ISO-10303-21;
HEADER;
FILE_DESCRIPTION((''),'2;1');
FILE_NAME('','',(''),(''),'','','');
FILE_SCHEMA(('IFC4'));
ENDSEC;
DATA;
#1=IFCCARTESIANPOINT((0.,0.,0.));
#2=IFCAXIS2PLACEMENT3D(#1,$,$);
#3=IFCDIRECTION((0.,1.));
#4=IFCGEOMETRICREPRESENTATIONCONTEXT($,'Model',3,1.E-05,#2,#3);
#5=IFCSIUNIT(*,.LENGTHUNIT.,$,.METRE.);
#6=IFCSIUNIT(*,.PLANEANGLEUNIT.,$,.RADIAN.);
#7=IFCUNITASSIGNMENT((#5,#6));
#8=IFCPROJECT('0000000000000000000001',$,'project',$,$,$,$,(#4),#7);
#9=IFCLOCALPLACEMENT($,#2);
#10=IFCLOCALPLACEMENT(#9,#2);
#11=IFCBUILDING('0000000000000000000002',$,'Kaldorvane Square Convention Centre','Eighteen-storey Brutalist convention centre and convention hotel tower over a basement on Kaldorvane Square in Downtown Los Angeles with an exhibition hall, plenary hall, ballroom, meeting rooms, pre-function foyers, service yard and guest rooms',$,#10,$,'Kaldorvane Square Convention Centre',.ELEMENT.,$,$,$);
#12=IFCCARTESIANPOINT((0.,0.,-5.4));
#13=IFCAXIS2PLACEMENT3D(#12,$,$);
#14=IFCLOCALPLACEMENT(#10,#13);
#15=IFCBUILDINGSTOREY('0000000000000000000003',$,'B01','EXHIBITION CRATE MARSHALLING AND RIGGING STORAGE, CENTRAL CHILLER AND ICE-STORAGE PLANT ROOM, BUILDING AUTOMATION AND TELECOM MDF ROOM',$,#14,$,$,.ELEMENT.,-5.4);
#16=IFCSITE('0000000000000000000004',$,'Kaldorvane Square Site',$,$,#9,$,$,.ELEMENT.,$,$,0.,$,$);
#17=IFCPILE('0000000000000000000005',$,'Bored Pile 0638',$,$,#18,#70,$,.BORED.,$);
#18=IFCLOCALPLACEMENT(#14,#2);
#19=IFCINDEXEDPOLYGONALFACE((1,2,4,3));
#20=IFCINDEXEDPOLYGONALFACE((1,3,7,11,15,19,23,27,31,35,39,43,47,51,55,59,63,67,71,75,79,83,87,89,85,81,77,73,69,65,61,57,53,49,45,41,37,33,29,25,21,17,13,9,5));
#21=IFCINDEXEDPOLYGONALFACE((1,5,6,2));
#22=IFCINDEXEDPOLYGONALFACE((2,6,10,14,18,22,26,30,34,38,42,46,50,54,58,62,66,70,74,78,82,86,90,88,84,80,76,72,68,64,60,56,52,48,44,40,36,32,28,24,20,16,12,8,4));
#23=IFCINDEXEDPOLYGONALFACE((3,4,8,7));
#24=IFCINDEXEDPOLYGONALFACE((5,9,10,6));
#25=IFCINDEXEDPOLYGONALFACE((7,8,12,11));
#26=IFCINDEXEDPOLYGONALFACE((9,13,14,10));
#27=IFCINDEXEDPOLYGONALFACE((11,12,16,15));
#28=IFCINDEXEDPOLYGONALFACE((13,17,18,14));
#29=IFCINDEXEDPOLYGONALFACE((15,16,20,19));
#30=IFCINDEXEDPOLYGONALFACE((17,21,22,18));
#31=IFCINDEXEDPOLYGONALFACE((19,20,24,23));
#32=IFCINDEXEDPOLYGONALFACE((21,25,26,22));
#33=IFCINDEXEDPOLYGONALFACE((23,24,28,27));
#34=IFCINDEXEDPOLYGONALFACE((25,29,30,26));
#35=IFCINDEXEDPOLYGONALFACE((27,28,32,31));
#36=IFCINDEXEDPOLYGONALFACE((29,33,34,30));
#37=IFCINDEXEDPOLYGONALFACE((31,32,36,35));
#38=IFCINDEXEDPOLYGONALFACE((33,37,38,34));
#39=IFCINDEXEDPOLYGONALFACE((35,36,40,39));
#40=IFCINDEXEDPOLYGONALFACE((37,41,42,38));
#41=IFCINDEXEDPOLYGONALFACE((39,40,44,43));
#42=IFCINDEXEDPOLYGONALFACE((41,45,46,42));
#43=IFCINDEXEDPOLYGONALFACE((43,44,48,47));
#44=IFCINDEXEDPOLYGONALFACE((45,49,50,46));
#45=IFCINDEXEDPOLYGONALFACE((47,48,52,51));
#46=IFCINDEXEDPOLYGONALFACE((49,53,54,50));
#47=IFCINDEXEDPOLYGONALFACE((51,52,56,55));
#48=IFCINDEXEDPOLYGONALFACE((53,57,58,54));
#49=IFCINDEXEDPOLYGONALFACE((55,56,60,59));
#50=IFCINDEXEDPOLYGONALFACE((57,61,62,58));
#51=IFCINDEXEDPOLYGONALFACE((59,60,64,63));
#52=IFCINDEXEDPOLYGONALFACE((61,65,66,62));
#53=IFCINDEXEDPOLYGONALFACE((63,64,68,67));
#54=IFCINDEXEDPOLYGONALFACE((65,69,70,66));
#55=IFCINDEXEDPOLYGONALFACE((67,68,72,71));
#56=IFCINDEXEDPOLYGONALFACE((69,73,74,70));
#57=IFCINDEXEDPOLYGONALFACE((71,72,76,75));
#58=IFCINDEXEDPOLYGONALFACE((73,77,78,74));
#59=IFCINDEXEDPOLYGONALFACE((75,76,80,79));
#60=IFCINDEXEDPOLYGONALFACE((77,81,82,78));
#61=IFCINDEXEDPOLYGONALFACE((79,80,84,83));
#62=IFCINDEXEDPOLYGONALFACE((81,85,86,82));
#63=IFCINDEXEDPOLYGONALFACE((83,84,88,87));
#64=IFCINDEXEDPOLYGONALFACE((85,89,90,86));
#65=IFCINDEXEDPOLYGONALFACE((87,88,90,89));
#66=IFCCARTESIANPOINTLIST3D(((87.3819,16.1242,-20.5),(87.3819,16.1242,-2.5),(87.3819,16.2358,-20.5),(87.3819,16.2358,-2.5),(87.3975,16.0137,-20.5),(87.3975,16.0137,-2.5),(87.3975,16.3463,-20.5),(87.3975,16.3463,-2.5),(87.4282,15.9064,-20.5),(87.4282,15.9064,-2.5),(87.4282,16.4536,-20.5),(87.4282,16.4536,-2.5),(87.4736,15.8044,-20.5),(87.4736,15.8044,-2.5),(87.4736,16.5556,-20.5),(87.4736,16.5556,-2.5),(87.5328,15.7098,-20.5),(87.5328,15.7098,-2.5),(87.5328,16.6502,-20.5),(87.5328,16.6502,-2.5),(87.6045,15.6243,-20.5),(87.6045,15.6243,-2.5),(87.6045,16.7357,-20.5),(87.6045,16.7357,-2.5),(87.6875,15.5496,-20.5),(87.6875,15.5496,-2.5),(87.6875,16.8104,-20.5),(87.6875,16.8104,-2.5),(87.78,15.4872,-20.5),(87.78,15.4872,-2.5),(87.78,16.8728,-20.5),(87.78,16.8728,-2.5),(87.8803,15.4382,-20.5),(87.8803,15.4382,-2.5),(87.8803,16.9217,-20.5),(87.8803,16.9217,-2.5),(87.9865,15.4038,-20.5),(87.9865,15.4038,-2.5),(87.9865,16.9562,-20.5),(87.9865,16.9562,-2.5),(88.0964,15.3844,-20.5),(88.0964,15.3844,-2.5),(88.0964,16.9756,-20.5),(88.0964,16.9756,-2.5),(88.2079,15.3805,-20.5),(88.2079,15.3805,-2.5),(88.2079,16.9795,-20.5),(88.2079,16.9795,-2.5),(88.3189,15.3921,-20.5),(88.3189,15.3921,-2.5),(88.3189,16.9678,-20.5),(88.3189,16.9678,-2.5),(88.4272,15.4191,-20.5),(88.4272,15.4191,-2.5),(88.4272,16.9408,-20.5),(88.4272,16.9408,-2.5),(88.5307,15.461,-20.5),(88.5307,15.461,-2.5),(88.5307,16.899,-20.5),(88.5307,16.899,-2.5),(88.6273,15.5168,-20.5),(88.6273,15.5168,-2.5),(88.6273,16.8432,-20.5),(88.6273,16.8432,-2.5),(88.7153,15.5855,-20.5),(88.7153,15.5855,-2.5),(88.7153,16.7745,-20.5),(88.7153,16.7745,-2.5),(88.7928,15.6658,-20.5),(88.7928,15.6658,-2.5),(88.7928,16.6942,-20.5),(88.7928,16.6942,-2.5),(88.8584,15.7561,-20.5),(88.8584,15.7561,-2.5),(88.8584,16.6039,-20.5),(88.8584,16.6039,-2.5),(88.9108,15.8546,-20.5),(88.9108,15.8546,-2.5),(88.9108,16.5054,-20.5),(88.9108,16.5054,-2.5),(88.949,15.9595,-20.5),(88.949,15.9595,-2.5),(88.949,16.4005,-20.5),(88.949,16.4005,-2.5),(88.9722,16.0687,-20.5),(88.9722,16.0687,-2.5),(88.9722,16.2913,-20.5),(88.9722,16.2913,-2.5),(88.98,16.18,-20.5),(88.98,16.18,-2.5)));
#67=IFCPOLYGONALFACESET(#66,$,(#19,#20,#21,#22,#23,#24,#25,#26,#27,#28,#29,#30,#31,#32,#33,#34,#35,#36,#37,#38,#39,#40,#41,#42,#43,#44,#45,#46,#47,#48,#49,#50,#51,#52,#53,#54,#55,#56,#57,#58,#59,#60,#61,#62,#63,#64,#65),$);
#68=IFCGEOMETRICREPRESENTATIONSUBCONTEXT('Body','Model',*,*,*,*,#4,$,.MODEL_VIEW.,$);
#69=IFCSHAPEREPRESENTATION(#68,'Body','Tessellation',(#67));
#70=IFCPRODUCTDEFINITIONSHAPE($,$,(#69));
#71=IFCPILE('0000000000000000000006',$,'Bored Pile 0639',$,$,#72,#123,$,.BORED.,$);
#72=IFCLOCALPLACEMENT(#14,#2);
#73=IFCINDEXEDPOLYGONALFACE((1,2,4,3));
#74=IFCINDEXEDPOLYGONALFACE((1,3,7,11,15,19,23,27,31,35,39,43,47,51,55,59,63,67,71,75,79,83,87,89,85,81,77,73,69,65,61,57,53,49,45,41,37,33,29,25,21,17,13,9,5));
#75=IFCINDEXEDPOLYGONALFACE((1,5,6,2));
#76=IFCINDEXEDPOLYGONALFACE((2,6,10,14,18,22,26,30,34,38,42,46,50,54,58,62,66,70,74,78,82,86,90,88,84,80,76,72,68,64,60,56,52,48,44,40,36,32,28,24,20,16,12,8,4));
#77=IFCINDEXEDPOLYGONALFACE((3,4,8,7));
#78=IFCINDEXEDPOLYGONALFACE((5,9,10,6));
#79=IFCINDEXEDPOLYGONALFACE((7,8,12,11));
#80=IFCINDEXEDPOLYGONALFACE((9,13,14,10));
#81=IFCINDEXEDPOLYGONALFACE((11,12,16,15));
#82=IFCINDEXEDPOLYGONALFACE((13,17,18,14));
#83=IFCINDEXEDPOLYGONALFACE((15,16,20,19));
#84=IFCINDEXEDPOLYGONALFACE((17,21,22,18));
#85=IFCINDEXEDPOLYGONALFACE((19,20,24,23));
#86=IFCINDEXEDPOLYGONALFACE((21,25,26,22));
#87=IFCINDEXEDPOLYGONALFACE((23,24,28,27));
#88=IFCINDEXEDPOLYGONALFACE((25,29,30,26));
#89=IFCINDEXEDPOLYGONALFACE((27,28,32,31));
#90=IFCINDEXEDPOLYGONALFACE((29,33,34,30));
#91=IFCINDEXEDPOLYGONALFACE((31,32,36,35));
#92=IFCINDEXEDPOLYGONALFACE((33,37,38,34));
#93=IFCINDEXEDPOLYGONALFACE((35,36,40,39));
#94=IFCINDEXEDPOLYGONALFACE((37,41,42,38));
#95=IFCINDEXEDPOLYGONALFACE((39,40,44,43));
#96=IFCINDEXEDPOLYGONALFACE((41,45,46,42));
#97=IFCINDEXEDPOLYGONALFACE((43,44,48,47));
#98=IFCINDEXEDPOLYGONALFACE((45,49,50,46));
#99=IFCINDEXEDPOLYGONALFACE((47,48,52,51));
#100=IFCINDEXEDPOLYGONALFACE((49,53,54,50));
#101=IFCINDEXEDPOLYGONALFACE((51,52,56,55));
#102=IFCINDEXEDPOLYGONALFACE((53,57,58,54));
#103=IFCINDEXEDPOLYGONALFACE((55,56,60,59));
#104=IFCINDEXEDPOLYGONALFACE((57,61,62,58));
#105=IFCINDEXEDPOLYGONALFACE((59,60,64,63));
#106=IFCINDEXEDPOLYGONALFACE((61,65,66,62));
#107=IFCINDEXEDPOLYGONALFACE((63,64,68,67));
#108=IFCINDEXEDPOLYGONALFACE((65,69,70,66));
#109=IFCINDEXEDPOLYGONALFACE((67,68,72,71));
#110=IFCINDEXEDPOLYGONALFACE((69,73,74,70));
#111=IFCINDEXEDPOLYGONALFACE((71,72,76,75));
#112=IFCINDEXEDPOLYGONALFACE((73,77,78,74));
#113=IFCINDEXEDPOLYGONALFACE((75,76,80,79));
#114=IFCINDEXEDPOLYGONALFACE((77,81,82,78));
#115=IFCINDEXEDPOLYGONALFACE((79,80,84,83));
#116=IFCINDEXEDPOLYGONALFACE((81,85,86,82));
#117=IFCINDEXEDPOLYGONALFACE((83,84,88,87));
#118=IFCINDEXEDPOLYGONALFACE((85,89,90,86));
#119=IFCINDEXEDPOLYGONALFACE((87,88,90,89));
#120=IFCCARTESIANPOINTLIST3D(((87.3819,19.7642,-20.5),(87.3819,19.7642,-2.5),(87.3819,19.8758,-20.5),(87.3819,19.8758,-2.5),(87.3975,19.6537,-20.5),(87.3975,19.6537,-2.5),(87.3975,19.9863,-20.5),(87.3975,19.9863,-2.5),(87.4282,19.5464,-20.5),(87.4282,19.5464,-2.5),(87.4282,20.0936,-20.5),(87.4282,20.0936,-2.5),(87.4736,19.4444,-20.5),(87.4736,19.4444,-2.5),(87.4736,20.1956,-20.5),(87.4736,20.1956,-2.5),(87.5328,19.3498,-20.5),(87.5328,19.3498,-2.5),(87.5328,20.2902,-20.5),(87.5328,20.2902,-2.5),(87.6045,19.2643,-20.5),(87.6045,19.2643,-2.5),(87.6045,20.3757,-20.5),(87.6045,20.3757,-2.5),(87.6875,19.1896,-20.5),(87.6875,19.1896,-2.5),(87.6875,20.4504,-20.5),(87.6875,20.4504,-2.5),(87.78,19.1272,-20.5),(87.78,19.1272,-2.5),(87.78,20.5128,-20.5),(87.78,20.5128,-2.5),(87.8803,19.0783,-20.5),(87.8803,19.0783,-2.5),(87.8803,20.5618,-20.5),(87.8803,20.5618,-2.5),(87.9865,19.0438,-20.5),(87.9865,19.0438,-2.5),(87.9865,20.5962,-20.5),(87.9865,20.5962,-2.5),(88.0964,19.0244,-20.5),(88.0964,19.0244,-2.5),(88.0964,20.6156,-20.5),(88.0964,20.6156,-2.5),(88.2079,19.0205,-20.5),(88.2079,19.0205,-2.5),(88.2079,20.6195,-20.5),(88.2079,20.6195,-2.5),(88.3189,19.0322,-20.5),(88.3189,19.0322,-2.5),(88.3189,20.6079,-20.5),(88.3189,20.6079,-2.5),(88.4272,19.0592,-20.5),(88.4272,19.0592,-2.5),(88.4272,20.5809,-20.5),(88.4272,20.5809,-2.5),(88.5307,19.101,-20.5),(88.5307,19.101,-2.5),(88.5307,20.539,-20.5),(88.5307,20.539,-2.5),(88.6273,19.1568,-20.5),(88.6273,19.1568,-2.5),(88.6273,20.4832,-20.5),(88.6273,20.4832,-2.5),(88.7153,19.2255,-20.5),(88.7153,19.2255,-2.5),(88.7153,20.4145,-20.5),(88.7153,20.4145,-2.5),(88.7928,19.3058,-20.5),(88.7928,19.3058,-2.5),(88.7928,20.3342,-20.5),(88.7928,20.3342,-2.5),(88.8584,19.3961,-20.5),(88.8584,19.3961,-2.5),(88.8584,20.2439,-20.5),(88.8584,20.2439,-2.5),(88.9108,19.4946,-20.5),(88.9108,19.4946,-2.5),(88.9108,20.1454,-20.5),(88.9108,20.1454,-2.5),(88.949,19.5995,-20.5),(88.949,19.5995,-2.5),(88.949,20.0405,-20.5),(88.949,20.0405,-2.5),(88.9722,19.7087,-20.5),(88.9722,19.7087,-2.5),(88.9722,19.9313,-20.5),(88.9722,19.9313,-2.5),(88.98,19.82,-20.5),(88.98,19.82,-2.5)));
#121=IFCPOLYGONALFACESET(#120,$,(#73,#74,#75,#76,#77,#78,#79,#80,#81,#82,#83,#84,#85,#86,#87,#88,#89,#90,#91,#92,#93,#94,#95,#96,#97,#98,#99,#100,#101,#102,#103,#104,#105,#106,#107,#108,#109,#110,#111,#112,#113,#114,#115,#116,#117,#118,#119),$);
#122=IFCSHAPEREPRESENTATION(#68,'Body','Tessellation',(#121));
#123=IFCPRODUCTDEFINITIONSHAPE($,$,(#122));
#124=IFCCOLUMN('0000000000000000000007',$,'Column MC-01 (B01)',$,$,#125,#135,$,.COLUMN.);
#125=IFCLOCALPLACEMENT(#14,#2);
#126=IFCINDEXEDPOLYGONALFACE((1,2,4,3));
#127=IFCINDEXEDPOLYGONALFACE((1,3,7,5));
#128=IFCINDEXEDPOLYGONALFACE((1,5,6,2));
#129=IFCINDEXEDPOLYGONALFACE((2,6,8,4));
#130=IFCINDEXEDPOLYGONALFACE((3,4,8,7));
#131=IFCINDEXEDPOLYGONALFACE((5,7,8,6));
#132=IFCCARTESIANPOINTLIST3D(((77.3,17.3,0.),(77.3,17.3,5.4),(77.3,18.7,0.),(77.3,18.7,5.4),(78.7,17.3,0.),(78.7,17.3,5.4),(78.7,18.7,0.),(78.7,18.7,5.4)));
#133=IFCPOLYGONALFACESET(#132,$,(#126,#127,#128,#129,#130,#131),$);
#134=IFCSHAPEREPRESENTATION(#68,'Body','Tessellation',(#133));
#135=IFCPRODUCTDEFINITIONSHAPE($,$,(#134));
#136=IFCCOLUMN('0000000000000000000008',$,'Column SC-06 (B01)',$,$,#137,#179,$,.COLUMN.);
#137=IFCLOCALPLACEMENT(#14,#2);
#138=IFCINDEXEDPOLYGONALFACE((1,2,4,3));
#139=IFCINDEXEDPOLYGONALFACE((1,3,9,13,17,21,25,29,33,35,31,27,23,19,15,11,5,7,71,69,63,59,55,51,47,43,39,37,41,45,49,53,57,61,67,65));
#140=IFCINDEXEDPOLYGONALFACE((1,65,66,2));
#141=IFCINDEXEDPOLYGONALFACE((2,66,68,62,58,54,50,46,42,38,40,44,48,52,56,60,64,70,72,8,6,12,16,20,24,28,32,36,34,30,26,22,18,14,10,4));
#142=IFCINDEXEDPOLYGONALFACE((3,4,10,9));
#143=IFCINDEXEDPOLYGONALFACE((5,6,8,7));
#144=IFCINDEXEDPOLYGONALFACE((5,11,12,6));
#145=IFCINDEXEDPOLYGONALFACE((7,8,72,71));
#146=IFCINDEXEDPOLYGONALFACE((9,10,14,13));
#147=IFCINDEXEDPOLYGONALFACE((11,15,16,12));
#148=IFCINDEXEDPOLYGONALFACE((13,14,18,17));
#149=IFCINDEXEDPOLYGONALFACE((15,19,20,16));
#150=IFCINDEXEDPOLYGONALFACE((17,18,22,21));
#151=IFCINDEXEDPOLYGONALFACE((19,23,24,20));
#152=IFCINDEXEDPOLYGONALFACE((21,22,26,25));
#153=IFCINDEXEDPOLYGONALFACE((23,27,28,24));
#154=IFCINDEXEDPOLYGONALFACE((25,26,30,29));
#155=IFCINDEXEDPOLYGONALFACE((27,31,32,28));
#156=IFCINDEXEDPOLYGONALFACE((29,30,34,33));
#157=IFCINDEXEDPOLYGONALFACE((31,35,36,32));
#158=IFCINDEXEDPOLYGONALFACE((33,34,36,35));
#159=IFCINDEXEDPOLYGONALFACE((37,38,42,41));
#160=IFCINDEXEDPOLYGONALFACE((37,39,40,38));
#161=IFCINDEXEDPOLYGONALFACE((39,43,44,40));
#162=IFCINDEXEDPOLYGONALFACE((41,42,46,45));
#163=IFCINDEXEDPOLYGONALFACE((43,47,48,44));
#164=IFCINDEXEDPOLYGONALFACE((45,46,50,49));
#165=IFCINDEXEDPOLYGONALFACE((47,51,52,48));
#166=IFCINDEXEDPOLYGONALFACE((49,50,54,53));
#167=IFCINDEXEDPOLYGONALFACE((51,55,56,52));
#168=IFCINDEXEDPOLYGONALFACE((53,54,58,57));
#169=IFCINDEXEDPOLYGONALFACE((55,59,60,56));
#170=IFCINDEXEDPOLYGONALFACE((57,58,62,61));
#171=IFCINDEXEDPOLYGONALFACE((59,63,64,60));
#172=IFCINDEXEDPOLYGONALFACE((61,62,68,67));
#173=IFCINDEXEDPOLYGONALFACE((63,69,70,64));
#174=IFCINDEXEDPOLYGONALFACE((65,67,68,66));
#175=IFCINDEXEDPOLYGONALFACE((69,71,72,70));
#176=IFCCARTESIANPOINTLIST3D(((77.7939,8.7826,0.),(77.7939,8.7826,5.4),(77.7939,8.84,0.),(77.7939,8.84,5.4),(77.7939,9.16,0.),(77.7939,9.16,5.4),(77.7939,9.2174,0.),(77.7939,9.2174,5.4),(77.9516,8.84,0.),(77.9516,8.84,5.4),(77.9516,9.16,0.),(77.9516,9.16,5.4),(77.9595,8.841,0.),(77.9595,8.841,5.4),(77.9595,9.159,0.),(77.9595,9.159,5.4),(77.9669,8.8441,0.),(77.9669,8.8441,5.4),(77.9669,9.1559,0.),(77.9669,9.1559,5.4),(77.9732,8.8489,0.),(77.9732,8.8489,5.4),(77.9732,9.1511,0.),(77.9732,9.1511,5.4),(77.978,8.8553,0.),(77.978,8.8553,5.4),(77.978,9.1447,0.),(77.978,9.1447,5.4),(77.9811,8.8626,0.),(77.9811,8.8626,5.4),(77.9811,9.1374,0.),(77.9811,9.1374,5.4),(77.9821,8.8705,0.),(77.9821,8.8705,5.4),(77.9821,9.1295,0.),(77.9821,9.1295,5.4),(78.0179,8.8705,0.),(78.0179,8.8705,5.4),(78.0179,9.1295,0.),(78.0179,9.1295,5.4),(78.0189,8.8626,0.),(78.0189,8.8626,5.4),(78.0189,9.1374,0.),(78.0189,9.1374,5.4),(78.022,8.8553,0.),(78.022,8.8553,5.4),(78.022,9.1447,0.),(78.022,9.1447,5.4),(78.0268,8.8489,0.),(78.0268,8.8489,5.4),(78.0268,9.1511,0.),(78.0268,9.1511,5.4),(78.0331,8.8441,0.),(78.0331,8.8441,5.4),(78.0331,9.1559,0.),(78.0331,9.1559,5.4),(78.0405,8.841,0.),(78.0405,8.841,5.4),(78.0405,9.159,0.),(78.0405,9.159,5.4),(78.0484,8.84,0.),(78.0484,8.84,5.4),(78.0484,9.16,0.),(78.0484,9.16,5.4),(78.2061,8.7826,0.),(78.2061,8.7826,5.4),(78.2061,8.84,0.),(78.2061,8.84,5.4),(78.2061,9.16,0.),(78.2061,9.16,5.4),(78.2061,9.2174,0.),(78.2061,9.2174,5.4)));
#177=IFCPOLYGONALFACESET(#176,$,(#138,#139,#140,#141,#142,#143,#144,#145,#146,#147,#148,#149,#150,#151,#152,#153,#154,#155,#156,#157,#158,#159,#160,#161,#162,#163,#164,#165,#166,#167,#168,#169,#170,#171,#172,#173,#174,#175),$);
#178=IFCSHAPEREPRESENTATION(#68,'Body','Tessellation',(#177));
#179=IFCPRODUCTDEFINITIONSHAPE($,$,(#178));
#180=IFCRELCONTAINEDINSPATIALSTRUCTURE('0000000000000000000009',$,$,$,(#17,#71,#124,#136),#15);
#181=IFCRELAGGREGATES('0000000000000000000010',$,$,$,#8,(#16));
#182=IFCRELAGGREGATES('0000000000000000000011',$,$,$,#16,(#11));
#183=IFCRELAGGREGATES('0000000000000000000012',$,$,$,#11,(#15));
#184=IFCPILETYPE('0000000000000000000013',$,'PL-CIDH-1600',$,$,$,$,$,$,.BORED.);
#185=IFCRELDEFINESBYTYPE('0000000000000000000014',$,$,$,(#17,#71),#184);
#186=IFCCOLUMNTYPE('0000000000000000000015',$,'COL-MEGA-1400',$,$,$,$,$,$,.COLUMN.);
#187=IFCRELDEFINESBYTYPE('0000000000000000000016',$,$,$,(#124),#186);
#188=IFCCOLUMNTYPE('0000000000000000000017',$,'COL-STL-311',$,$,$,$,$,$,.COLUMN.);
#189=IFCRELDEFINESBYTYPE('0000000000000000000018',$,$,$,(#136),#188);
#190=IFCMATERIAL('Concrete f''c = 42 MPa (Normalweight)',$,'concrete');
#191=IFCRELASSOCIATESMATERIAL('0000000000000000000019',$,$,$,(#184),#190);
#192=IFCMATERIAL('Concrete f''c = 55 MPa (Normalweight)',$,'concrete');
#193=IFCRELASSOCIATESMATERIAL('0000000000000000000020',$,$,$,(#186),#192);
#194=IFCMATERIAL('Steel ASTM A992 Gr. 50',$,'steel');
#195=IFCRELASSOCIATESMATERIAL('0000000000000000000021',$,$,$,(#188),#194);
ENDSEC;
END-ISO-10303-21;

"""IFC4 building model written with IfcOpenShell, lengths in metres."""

from ifc_helpers import new_model, si_unit, direction, frame, origin, origin_2d, place, context, subcontext, project, spatial, rectangle, circle, i_section, extrude, material, material_profile, profile_set, type_object, element, save


model = new_model("IFC4")

# Units and contexts
model_context = context("Model", 3, precision=1e-05, world=origin(), true_north=direction((0.0, 1.0)))
body_context = subcontext(model_context, "Body", "Model", "MODEL_VIEW")
ifc_project = project(units=[si_unit("LENGTHUNIT", "METRE"), si_unit("PLANEANGLEUNIT", "RADIAN")], contexts=[model_context])

# Site, building, storey
site_placement = place(None, origin())
site = spatial("IfcSite", under=ifc_project, at=site_placement, Name="Kaldorvane Square Site", CompositionType="ELEMENT", RefElevation=0.0)
building_placement = place(site_placement, origin())
building = spatial("IfcBuilding", under=site, at=building_placement, Name="Kaldorvane Square Convention Centre", Description="Eighteen-storey Brutalist convention centre and convention hotel tower over a basement on Kaldorvane Square in Downtown Los Angeles with an exhibition hall, plenary hall, ballroom, meeting rooms, pre-function foyers, service yard and guest rooms", LongName="Kaldorvane Square Convention Centre", CompositionType="ELEMENT")
storey_placement = place(building_placement, frame((0.0, 0.0, -5.4)))
storey = spatial("IfcBuildingStorey", under=building, at=storey_placement, Name="B01", Description="EXHIBITION CRATE MARSHALLING AND RIGGING STORAGE, CENTRAL CHILLER AND ICE-STORAGE PLANT ROOM, BUILDING AUTOMATION AND TELECOM MDF ROOM", CompositionType="ELEMENT", Elevation=-5.4)

# Shared definitions
ifc_material_1 = material(Name="Concrete f'c = 42 MPa (Normalweight)", Category="concrete")

# Piles
ifc_material_profile_1 = material_profile(ifc_material_1, circle(Radius=0.8, at=origin_2d()), Name="PILE-D1600")
ifc_profile_set_1 = profile_set([ifc_material_profile_1], Name="Concrete f'c = 42 MPa (Normalweight)")
pile_type_1 = type_object("IfcPileType", Name="PL-CIDH-1600", PredefinedType="BORED", material=ifc_profile_set_1)
for number, where, z_axis, x_axis, name in (
    (1, (88.18, 16.18, -2.5), (0.0, 0.0, -1.0), (1.0, 0.0, 0.0), "Bored Pile 0638"),
    (2, (88.18, 19.82, -2.5), (0.0, 0.0, -1.0), (1.0, 0.0, 0.0), "Bored Pile 0639"),
):
    element("IfcPile", number, at=place(storey_placement, frame(where, z_axis=z_axis, x_axis=x_axis)), inside=storey, type_object=pile_type_1, Name=name, PredefinedType="BORED", context=body_context, shape_type="SweptSolid", body=[
        extrude(circle(Radius=0.8, at=origin_2d()), origin(), (0.0, 0.0, 1.0), 18.0),
    ])

# Columns
ifc_material_2 = material(Name="Concrete f'c = 55 MPa (Normalweight)", Category="concrete")
ifc_material_profile_2 = material_profile(ifc_material_2, rectangle(XDim=1.4, YDim=1.4, at=origin_2d()), Name="RC1400X1400")
ifc_profile_set_2 = profile_set([ifc_material_profile_2], Name="Concrete f'c = 55 MPa (Normalweight)")
column_type_1 = type_object("IfcColumnType", Name="COL-MEGA-1400", PredefinedType="COLUMN", material=ifc_profile_set_2)
column_1_placement = place(storey_placement, frame((78.0, 18.0, 0.0), z_axis=(0.0, 0.0, 1.0), x_axis=(1.0, 0.0, 0.0)))
element("IfcColumn", 3, at=column_1_placement, inside=storey, type_object=column_type_1, Name="Column MC-01 (B01)", PredefinedType="COLUMN", context=body_context, shape_type="SweptSolid", body=[
    extrude(rectangle(XDim=1.4, YDim=1.4, at=origin_2d()), origin(), (0.0, 0.0, 1.0), 5.4),
])
ifc_material_3 = material(Name="Steel ASTM A992 Gr. 50", Category="steel")
ifc_material_profile_3 = material_profile(ifc_material_3, i_section(OverallWidth=0.4122, OverallDepth=0.4348, WebThickness=0.0358, FlangeThickness=0.0574, FilletRadius=0.0305, at=origin_2d()), Name="W14X311")
ifc_profile_set_3 = profile_set([ifc_material_profile_3], Name="Steel ASTM A992 Gr. 50")
column_type_2 = type_object("IfcColumnType", Name="COL-STL-311", PredefinedType="COLUMN", material=ifc_profile_set_3)
column_2_placement = place(storey_placement, frame((78.0, 9.0, 0.0), z_axis=(0.0, 0.0, 1.0), x_axis=(1.0, 0.0, 0.0)))
element("IfcColumn", 4, at=column_2_placement, inside=storey, type_object=column_type_2, Name="Column SC-06 (B01)", PredefinedType="COLUMN", context=body_context, shape_type="SweptSolid", body=[
    extrude(i_section(OverallWidth=0.4122, OverallDepth=0.4348, WebThickness=0.0358, FlangeThickness=0.0574, FilletRadius=0.0305, at=origin_2d()), origin(), (0.0, 0.0, 1.0), 5.4),
])

save(model, "model.ifc")
